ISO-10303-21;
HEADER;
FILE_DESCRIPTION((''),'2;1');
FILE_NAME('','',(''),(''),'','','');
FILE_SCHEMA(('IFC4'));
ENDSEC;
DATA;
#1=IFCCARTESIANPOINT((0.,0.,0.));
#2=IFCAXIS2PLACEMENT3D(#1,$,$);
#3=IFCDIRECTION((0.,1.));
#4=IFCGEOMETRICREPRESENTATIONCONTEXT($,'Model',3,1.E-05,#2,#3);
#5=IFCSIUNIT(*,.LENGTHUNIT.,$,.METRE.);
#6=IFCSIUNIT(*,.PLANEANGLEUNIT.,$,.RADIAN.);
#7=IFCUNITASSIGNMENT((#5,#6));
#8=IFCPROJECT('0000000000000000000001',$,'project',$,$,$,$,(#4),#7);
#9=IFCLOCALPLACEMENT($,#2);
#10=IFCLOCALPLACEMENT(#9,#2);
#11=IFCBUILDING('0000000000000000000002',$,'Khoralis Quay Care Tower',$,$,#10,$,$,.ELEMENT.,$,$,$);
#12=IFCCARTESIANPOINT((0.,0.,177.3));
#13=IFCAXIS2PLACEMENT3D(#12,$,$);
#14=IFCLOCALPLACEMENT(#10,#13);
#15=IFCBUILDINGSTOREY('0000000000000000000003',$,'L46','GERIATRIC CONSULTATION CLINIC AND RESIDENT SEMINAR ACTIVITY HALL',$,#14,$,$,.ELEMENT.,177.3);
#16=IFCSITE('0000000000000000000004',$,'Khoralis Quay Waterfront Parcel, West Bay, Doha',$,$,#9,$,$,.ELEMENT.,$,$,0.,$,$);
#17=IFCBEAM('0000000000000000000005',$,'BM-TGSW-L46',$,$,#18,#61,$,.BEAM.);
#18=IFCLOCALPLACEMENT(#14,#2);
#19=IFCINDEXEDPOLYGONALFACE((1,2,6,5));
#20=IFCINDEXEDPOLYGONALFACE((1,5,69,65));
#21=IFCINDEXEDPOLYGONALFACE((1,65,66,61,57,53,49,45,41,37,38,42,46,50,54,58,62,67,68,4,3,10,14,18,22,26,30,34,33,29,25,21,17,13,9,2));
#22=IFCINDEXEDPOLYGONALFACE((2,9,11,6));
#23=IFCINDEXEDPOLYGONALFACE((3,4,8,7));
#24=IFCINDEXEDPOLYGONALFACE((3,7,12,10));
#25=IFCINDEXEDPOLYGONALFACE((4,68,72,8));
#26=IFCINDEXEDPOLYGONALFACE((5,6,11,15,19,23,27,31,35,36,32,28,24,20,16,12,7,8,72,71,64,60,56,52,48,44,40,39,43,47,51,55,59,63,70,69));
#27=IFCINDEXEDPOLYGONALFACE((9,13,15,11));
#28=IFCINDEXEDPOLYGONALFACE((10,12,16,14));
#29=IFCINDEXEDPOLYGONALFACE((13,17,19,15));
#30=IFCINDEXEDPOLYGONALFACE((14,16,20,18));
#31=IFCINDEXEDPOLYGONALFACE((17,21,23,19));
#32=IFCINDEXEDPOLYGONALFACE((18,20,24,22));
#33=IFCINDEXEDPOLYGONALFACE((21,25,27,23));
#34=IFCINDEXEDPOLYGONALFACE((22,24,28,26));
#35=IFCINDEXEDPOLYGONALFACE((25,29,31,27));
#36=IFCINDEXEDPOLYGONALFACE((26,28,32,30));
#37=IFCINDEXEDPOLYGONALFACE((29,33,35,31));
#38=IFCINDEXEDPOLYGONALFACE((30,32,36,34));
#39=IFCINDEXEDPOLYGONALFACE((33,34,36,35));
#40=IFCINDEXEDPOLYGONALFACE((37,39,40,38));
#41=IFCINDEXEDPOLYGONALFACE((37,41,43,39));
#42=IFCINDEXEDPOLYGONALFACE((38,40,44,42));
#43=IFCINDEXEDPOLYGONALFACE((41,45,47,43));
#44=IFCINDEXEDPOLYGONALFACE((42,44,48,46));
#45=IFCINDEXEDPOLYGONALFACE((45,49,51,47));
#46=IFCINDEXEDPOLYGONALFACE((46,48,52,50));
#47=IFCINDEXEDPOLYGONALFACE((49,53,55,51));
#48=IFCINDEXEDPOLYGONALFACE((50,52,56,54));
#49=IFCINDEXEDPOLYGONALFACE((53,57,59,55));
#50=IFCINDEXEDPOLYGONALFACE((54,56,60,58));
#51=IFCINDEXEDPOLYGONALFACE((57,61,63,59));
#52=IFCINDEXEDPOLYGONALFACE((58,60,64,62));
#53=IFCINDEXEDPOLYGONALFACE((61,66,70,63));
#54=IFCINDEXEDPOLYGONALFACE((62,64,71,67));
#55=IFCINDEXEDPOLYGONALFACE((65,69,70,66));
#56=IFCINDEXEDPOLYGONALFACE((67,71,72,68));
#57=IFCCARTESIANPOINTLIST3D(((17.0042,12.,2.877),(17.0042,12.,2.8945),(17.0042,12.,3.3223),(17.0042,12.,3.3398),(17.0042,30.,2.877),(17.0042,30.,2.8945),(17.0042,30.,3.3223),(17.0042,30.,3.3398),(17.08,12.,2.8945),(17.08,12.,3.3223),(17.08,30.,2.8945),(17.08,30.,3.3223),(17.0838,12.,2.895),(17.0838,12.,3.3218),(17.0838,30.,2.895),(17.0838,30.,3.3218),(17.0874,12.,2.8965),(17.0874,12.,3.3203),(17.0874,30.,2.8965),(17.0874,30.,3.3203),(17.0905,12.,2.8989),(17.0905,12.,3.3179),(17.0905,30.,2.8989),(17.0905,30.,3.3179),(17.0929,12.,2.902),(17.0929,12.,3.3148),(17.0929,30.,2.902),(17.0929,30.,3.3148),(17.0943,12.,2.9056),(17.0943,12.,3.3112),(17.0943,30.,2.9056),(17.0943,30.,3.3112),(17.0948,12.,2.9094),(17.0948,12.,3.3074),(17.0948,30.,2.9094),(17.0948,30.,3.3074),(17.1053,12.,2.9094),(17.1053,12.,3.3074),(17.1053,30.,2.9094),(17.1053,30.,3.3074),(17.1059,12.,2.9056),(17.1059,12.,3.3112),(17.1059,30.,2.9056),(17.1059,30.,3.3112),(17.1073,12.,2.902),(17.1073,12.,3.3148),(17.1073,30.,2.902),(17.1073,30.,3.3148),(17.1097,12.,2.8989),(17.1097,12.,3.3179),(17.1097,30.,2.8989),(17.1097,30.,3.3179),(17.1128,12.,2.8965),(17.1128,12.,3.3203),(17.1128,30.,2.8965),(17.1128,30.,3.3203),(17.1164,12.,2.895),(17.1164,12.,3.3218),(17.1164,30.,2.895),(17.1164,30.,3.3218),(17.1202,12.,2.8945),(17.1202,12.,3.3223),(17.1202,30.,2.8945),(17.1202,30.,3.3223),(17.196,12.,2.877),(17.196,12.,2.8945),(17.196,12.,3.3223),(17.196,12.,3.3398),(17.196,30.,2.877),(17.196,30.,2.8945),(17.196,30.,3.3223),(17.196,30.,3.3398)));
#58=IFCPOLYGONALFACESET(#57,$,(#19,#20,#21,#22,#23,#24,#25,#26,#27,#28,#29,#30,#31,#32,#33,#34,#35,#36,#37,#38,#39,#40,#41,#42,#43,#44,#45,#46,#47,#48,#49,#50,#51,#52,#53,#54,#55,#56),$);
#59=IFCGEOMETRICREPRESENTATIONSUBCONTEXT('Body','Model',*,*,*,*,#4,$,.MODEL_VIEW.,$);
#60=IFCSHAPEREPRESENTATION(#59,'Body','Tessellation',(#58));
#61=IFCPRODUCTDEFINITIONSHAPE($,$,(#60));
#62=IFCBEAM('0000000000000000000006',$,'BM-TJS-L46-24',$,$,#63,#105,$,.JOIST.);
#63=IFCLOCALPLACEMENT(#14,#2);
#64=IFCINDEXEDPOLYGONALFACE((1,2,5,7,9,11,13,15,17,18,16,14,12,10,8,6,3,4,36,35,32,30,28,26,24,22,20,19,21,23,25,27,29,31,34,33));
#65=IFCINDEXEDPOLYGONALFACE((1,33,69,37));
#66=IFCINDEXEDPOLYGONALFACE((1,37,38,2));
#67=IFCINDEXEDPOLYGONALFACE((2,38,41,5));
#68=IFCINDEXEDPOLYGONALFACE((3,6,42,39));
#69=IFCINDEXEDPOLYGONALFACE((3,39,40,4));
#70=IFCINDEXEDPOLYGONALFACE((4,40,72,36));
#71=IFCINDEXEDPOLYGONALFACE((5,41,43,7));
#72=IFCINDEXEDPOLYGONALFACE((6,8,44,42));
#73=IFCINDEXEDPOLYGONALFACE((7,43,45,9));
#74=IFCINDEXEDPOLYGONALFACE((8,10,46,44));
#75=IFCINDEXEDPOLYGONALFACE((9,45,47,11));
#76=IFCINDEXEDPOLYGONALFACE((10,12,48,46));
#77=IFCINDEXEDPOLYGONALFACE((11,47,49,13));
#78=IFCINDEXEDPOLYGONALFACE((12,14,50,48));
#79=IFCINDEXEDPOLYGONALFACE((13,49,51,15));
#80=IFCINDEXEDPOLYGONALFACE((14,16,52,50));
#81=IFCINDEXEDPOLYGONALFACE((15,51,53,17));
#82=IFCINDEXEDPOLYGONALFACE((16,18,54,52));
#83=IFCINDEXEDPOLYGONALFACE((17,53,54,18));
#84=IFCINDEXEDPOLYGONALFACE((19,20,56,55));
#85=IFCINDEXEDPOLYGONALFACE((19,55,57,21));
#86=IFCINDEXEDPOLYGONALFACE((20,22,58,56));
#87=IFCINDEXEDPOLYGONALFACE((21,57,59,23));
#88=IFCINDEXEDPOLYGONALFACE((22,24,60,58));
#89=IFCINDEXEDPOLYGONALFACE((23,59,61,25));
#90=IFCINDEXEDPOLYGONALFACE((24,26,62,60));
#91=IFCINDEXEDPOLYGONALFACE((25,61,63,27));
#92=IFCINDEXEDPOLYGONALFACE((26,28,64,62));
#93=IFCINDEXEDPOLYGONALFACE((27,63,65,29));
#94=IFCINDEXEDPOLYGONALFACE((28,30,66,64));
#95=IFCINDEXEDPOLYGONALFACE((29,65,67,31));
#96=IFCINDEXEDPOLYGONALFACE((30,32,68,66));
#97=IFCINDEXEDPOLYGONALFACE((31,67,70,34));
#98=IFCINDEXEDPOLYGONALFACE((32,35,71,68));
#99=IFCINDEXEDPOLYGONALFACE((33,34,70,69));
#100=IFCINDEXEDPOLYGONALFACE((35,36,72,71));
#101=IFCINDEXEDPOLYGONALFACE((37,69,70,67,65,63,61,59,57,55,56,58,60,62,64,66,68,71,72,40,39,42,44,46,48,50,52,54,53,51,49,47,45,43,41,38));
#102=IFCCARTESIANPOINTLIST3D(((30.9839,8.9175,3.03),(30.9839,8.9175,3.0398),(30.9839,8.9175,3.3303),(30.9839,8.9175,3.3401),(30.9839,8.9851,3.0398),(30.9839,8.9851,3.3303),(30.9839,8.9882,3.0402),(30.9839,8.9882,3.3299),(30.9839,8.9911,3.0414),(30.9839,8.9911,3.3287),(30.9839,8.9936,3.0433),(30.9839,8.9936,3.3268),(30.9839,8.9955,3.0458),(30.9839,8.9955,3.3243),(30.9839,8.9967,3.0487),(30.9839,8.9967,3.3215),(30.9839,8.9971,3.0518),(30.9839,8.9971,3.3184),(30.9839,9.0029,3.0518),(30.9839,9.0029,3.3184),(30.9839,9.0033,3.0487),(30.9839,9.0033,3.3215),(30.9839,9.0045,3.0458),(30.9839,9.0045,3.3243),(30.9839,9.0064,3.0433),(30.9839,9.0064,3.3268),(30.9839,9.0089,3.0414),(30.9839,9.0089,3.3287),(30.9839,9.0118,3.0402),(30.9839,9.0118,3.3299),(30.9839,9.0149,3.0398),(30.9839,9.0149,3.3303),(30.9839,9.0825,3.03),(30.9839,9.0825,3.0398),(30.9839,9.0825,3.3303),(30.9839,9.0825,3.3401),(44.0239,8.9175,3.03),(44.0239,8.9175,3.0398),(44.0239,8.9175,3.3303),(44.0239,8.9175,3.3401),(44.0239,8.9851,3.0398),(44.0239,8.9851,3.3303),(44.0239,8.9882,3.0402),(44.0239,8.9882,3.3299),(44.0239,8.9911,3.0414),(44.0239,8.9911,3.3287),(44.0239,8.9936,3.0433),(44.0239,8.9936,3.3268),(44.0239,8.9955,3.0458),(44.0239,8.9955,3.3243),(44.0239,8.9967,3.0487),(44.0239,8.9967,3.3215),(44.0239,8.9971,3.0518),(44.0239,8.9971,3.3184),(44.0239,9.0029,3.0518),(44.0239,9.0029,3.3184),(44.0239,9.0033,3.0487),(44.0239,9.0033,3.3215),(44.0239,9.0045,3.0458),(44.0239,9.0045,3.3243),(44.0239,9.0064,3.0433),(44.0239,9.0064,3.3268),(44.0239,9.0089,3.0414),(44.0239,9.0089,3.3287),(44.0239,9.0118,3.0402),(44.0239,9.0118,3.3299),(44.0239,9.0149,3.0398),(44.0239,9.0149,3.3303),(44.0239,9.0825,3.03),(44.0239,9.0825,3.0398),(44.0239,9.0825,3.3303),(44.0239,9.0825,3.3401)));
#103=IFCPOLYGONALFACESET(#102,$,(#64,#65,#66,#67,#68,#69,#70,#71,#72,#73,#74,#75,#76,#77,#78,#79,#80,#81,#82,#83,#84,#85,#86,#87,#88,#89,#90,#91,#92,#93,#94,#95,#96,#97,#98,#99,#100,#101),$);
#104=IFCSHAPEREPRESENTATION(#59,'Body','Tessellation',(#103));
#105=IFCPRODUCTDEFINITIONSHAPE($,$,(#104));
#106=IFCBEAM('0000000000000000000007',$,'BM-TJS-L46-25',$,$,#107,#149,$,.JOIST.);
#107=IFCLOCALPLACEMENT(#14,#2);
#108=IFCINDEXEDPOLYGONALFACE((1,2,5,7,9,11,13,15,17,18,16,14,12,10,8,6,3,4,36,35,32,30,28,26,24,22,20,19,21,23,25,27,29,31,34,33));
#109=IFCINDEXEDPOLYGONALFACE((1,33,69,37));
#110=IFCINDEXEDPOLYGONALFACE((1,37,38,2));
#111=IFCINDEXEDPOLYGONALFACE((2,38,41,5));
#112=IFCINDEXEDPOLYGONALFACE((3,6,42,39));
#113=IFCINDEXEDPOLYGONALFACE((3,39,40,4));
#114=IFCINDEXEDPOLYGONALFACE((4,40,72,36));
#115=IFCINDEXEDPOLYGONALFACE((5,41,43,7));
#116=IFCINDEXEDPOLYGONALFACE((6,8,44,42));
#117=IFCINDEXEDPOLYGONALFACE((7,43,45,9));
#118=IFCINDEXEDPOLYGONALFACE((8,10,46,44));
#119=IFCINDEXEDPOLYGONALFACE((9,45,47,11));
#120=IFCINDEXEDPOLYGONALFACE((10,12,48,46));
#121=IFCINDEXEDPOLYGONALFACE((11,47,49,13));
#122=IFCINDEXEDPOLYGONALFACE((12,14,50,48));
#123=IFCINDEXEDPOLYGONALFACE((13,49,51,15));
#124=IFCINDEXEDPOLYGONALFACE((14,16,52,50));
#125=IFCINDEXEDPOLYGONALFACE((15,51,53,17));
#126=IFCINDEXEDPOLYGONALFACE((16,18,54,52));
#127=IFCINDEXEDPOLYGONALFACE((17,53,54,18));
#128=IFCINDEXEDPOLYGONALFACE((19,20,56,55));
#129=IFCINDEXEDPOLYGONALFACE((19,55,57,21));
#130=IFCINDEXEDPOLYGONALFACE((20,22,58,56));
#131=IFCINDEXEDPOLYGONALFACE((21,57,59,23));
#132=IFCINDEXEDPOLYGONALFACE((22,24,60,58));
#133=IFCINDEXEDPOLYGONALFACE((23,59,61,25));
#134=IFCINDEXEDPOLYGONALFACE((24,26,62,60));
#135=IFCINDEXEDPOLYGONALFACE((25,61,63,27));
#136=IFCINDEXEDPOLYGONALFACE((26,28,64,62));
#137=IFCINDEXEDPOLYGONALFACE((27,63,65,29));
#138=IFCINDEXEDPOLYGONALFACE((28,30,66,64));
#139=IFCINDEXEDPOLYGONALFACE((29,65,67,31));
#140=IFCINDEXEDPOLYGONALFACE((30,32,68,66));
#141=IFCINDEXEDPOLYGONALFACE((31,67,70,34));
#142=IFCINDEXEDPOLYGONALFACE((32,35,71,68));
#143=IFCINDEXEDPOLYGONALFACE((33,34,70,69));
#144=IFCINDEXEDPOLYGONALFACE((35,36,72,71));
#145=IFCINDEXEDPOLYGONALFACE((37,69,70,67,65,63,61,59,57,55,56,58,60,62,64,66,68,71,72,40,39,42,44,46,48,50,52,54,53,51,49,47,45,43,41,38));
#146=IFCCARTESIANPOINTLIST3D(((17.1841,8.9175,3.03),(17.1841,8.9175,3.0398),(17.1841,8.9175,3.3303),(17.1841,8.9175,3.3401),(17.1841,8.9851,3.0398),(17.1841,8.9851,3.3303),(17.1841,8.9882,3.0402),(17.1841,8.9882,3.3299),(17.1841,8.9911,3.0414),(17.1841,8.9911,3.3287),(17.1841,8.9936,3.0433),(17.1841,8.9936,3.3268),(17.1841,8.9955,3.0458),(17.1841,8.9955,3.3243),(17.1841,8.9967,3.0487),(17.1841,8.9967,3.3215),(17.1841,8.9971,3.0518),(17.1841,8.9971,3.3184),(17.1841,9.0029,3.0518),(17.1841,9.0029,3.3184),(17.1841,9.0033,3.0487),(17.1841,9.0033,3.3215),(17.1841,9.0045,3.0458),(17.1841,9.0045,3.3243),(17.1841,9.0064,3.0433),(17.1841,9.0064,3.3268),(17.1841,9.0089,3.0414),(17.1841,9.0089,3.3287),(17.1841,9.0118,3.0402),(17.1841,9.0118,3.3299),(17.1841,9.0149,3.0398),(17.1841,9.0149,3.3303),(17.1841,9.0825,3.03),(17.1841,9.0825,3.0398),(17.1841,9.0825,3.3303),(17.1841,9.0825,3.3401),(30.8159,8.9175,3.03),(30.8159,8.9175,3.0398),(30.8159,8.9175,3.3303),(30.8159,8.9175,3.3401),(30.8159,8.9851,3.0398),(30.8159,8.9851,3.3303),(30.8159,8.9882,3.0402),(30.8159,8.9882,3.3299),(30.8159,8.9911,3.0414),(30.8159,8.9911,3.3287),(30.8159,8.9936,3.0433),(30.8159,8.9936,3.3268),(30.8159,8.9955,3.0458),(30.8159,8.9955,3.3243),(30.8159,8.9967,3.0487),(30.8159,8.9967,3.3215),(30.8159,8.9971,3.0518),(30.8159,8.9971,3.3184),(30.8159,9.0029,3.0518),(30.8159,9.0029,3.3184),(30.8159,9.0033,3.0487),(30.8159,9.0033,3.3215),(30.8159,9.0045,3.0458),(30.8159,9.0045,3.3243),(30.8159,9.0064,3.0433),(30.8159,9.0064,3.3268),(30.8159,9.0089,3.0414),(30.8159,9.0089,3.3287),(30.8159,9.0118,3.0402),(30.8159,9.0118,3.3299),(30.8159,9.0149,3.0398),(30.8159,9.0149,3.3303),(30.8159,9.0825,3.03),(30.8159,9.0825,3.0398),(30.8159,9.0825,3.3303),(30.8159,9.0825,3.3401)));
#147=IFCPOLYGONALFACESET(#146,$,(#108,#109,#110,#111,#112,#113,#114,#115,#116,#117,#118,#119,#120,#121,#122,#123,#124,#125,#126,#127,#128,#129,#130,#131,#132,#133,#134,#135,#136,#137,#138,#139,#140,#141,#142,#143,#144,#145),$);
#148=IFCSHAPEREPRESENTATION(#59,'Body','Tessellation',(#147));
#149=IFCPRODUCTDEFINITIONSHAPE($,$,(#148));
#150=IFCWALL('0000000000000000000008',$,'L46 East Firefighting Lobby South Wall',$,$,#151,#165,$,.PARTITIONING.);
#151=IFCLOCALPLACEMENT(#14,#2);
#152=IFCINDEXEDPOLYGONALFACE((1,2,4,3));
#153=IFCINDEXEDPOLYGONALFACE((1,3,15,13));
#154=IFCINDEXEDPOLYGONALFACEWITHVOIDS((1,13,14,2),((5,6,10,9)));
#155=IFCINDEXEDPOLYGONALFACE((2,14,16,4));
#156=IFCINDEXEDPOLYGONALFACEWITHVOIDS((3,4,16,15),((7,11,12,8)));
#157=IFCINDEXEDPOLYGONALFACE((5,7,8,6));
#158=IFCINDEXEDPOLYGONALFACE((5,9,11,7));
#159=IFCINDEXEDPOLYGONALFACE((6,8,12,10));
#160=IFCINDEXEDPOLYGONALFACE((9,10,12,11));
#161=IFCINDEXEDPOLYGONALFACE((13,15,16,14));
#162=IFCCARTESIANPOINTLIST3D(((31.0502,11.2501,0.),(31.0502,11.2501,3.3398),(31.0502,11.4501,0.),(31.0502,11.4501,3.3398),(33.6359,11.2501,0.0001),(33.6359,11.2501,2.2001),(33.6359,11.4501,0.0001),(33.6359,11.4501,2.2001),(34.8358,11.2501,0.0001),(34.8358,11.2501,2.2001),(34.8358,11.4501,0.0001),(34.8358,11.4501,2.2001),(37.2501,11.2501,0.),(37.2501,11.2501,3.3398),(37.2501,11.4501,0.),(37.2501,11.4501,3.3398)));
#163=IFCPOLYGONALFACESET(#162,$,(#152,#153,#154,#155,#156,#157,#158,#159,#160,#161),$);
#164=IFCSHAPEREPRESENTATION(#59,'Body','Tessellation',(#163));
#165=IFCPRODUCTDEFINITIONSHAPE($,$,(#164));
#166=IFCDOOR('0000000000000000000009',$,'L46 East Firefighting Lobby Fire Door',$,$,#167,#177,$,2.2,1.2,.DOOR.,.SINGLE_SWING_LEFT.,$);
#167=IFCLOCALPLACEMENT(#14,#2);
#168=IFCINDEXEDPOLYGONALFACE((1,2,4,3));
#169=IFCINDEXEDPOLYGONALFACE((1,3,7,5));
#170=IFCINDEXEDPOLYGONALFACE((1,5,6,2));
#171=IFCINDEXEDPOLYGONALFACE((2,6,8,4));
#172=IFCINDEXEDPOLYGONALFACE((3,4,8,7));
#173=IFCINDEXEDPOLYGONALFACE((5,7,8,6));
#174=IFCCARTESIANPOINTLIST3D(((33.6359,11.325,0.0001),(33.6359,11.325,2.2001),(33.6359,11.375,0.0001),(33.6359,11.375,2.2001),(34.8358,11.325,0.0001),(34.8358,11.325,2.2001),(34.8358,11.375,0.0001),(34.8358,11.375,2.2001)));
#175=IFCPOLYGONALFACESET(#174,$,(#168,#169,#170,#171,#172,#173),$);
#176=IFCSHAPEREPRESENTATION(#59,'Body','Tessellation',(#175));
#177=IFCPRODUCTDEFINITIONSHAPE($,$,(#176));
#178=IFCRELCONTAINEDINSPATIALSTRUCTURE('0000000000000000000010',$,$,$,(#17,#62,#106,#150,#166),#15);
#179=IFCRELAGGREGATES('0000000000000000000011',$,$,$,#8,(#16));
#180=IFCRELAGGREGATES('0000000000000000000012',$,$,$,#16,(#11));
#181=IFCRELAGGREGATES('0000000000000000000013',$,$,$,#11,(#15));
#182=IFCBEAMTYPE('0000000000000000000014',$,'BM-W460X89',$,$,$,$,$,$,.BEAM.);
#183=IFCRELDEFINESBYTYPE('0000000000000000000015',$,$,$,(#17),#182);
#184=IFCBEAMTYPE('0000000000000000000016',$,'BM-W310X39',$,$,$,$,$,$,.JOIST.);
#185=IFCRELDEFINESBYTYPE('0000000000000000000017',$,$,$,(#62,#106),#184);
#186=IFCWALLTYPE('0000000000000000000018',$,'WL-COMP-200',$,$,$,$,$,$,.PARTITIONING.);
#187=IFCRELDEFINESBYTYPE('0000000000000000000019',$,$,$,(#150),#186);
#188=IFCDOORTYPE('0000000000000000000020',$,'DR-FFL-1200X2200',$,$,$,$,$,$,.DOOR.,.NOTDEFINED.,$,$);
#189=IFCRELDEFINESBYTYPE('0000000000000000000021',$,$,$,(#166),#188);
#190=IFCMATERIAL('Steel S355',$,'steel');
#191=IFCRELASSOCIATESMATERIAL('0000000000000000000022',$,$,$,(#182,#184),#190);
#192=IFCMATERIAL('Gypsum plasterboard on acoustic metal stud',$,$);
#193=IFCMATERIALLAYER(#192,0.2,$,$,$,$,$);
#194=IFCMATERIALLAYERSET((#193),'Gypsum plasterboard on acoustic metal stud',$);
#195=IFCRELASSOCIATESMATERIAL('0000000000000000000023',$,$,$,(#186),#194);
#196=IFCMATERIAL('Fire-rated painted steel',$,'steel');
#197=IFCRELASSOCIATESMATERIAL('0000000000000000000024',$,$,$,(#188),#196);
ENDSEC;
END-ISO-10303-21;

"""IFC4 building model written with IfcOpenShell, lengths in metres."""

from ifc_helpers import new_model, si_unit, direction, frame, frame_2d, origin, origin_2d, place, context, subcontext, project, spatial, rectangle, i_section, extrude, source, transform, mapped, material, layer, layer_set, material_profile, profile_set, type_object, element, fill, save


model = new_model("IFC4")

# Units and contexts
model_context = context("Model", 3, precision=1e-05, world=origin(), true_north=direction((0.0, 1.0)))
body_context = subcontext(model_context, "Body", "Model", "MODEL_VIEW")
ifc_project = project(units=[si_unit("LENGTHUNIT", "METRE"), si_unit("PLANEANGLEUNIT", "RADIAN")], contexts=[model_context])

# Site, building, storey
site_placement = place(None, origin())
site = spatial("IfcSite", under=ifc_project, at=site_placement, Name="Khoralis Quay Waterfront Parcel, West Bay, Doha", CompositionType="ELEMENT", RefElevation=0.0)
building_placement = place(site_placement, origin())
building = spatial("IfcBuilding", under=site, at=building_placement, Name="Khoralis Quay Care Tower", CompositionType="ELEMENT")
storey_placement = place(building_placement, frame((0.0, 0.0, 177.3)))
storey = spatial("IfcBuildingStorey", under=building, at=storey_placement, Name="L46", Description="GERIATRIC CONSULTATION CLINIC AND RESIDENT SEMINAR ACTIVITY HALL", CompositionType="ELEMENT", Elevation=177.3)

# Beams
ifc_material_1 = material(Name="Steel S355", Category="steel")
ifc_material_profile_1 = material_profile(ifc_material_1, i_section(OverallWidth=0.1919, OverallDepth=0.4629, WebThickness=0.0105, FlangeThickness=0.0176, FilletRadius=0.0149, at=origin_2d()), Name="Steel S355")
ifc_profile_set_1 = profile_set([ifc_material_profile_1], Name="Steel S355")
beam_type_1 = type_object("IfcBeamType", Name="BM-W460X89", PredefinedType="BEAM", material=ifc_profile_set_1)
shared_shape_1 = source(origin(), body_context, "Body", "SweptSolid", [
    extrude(i_section(OverallWidth=0.1919, OverallDepth=0.4629, WebThickness=0.0105, FlangeThickness=0.0176, FilletRadius=0.0149, at=origin_2d()), origin(), (0.0, 0.0, 1.0), 18.0),
])
beam_1_placement = place(storey_placement, frame((17.1001, 12.0, 3.1084), z_axis=(0.0, 1.0, 0.0), x_axis=(-1.0, 0.0, 0.0)))
element("IfcBeam", 1, at=beam_1_placement, inside=storey, type_object=beam_type_1, Name="BM-TGSW-L46", PredefinedType="BEAM", context=body_context, shape_type="MappedRepresentation", body=[
    mapped(shared_shape_1, transform((0.0, 0.0, 0.0), scale=1.0)),
])
ifc_material_profile_2 = material_profile(ifc_material_1, i_section(OverallWidth=0.165, OverallDepth=0.3101, WebThickness=0.0059, FlangeThickness=0.0098, FilletRadius=0.012, at=origin_2d()), Name="Steel S355")
ifc_profile_set_2 = profile_set([ifc_material_profile_2], Name="Steel S355")
beam_type_2 = type_object("IfcBeamType", Name="BM-W310X39", PredefinedType="JOIST", material=ifc_profile_set_2)
shared_shape_2 = source(origin(), body_context, "Body", "SweptSolid", [
    extrude(i_section(OverallWidth=0.165, OverallDepth=0.3101, WebThickness=0.0059, FlangeThickness=0.0098, FilletRadius=0.012, at=origin_2d()), origin(), (0.0, 0.0, 1.0), 13.04),
])
beam_2_placement = place(storey_placement, frame((30.9839, 9.0, 3.1851), z_axis=(1.0, 0.0, 0.0), x_axis=(0.0, 1.0, 0.0)))
element("IfcBeam", 2, at=beam_2_placement, inside=storey, type_object=beam_type_2, Name="BM-TJS-L46-24", PredefinedType="JOIST", context=body_context, shape_type="MappedRepresentation", body=[
    mapped(shared_shape_2, transform((0.0, 0.0, 0.0), scale=1.0)),
])
shared_shape_3 = source(origin(), body_context, "Body", "SweptSolid", [
    extrude(i_section(OverallWidth=0.165, OverallDepth=0.3101, WebThickness=0.0059, FlangeThickness=0.0098, FilletRadius=0.012, at=origin_2d()), origin(), (0.0, 0.0, 1.0), 13.6318),
])
beam_3_placement = place(storey_placement, frame((17.1841, 9.0, 3.1851), z_axis=(1.0, 0.0, 0.0), x_axis=(0.0, 1.0, 0.0)))
element("IfcBeam", 3, at=beam_3_placement, inside=storey, type_object=beam_type_2, Name="BM-TJS-L46-25", PredefinedType="JOIST", context=body_context, shape_type="MappedRepresentation", body=[
    mapped(shared_shape_3, transform((0.0, 0.0, 0.0), scale=1.0)),
])

# Wall, opening, door
ifc_material_2 = material(Name="Gypsum plasterboard on acoustic metal stud")
ifc_layer_1 = layer(ifc_material_2, 0.2)
ifc_layer_set_1 = layer_set([ifc_layer_1], Name="Gypsum plasterboard on acoustic metal stud")
wall_type_1 = type_object("IfcWallType", Name="WL-COMP-200", PredefinedType="PARTITIONING", material=ifc_layer_set_1)
wall_1_placement = place(storey_placement, frame((31.05, 11.3501, 0.0), z_axis=(0.0, 0.0, 1.0), x_axis=(1.0, 0.0, 0.0)))
wall_1 = element("IfcWall", 4, at=wall_1_placement, inside=storey, type_object=wall_type_1, Name="L46 East Firefighting Lobby South Wall", PredefinedType="PARTITIONING", context=body_context, shape_type="SweptSolid", body=[
    extrude(rectangle(XDim=6.2, YDim=0.2, at=frame_2d((3.1001, 0.0))), origin(), (0.0, 0.0, 1.0), 3.3398),
])
opening_1_placement = place(wall_1_placement, frame((2.5857, 0.0, 0.0)))
opening_1 = element("IfcOpeningElement", 5, at=opening_1_placement, cuts=wall_1, PredefinedType="OPENING", context=body_context, shape_type="SweptSolid", body=[
    extrude(rectangle(XDim=1.2, YDim=2.2, at=frame_2d((0.6001, 1.1001))), frame((0.0, 0.1099, 0.0), z_axis=(0.0, -1.0, 0.0), x_axis=(1.0, 0.0, 0.0)), (0.0, 0.0, 1.0), 0.22),
])
ifc_material_3 = material(Name="Fire-rated painted steel", Category="steel")
door_type_1 = type_object("IfcDoorType", Name="DR-FFL-1200X2200", OperationType="NOTDEFINED", PredefinedType="DOOR", material=ifc_material_3)
shared_shape_4 = source(origin(), body_context, "Body", "SweptSolid", [
    extrude(rectangle(XDim=1.2, YDim=2.2, at=frame_2d((0.6001, 1.1001))), frame((0.0, 0.0249, 0.0), z_axis=(0.0, -1.0, 0.0), x_axis=(1.0, 0.0, 0.0)), (0.0, 0.0, 1.0), 0.05),
])
door_1_placement = place(opening_1_placement, origin())
door_1 = element("IfcDoor", 6, at=door_1_placement, inside=storey, type_object=door_type_1, Name="L46 East Firefighting Lobby Fire Door", OperationType="SINGLE_SWING_LEFT", OverallHeight=2.2, OverallWidth=1.2, PredefinedType="DOOR", context=body_context, shape_type="MappedRepresentation", body=[
    mapped(shared_shape_4, transform((0.0, 0.0, 0.0), scale=1.0)),
])
fill(opening_1, door_1)

save(model, "model.ifc")
